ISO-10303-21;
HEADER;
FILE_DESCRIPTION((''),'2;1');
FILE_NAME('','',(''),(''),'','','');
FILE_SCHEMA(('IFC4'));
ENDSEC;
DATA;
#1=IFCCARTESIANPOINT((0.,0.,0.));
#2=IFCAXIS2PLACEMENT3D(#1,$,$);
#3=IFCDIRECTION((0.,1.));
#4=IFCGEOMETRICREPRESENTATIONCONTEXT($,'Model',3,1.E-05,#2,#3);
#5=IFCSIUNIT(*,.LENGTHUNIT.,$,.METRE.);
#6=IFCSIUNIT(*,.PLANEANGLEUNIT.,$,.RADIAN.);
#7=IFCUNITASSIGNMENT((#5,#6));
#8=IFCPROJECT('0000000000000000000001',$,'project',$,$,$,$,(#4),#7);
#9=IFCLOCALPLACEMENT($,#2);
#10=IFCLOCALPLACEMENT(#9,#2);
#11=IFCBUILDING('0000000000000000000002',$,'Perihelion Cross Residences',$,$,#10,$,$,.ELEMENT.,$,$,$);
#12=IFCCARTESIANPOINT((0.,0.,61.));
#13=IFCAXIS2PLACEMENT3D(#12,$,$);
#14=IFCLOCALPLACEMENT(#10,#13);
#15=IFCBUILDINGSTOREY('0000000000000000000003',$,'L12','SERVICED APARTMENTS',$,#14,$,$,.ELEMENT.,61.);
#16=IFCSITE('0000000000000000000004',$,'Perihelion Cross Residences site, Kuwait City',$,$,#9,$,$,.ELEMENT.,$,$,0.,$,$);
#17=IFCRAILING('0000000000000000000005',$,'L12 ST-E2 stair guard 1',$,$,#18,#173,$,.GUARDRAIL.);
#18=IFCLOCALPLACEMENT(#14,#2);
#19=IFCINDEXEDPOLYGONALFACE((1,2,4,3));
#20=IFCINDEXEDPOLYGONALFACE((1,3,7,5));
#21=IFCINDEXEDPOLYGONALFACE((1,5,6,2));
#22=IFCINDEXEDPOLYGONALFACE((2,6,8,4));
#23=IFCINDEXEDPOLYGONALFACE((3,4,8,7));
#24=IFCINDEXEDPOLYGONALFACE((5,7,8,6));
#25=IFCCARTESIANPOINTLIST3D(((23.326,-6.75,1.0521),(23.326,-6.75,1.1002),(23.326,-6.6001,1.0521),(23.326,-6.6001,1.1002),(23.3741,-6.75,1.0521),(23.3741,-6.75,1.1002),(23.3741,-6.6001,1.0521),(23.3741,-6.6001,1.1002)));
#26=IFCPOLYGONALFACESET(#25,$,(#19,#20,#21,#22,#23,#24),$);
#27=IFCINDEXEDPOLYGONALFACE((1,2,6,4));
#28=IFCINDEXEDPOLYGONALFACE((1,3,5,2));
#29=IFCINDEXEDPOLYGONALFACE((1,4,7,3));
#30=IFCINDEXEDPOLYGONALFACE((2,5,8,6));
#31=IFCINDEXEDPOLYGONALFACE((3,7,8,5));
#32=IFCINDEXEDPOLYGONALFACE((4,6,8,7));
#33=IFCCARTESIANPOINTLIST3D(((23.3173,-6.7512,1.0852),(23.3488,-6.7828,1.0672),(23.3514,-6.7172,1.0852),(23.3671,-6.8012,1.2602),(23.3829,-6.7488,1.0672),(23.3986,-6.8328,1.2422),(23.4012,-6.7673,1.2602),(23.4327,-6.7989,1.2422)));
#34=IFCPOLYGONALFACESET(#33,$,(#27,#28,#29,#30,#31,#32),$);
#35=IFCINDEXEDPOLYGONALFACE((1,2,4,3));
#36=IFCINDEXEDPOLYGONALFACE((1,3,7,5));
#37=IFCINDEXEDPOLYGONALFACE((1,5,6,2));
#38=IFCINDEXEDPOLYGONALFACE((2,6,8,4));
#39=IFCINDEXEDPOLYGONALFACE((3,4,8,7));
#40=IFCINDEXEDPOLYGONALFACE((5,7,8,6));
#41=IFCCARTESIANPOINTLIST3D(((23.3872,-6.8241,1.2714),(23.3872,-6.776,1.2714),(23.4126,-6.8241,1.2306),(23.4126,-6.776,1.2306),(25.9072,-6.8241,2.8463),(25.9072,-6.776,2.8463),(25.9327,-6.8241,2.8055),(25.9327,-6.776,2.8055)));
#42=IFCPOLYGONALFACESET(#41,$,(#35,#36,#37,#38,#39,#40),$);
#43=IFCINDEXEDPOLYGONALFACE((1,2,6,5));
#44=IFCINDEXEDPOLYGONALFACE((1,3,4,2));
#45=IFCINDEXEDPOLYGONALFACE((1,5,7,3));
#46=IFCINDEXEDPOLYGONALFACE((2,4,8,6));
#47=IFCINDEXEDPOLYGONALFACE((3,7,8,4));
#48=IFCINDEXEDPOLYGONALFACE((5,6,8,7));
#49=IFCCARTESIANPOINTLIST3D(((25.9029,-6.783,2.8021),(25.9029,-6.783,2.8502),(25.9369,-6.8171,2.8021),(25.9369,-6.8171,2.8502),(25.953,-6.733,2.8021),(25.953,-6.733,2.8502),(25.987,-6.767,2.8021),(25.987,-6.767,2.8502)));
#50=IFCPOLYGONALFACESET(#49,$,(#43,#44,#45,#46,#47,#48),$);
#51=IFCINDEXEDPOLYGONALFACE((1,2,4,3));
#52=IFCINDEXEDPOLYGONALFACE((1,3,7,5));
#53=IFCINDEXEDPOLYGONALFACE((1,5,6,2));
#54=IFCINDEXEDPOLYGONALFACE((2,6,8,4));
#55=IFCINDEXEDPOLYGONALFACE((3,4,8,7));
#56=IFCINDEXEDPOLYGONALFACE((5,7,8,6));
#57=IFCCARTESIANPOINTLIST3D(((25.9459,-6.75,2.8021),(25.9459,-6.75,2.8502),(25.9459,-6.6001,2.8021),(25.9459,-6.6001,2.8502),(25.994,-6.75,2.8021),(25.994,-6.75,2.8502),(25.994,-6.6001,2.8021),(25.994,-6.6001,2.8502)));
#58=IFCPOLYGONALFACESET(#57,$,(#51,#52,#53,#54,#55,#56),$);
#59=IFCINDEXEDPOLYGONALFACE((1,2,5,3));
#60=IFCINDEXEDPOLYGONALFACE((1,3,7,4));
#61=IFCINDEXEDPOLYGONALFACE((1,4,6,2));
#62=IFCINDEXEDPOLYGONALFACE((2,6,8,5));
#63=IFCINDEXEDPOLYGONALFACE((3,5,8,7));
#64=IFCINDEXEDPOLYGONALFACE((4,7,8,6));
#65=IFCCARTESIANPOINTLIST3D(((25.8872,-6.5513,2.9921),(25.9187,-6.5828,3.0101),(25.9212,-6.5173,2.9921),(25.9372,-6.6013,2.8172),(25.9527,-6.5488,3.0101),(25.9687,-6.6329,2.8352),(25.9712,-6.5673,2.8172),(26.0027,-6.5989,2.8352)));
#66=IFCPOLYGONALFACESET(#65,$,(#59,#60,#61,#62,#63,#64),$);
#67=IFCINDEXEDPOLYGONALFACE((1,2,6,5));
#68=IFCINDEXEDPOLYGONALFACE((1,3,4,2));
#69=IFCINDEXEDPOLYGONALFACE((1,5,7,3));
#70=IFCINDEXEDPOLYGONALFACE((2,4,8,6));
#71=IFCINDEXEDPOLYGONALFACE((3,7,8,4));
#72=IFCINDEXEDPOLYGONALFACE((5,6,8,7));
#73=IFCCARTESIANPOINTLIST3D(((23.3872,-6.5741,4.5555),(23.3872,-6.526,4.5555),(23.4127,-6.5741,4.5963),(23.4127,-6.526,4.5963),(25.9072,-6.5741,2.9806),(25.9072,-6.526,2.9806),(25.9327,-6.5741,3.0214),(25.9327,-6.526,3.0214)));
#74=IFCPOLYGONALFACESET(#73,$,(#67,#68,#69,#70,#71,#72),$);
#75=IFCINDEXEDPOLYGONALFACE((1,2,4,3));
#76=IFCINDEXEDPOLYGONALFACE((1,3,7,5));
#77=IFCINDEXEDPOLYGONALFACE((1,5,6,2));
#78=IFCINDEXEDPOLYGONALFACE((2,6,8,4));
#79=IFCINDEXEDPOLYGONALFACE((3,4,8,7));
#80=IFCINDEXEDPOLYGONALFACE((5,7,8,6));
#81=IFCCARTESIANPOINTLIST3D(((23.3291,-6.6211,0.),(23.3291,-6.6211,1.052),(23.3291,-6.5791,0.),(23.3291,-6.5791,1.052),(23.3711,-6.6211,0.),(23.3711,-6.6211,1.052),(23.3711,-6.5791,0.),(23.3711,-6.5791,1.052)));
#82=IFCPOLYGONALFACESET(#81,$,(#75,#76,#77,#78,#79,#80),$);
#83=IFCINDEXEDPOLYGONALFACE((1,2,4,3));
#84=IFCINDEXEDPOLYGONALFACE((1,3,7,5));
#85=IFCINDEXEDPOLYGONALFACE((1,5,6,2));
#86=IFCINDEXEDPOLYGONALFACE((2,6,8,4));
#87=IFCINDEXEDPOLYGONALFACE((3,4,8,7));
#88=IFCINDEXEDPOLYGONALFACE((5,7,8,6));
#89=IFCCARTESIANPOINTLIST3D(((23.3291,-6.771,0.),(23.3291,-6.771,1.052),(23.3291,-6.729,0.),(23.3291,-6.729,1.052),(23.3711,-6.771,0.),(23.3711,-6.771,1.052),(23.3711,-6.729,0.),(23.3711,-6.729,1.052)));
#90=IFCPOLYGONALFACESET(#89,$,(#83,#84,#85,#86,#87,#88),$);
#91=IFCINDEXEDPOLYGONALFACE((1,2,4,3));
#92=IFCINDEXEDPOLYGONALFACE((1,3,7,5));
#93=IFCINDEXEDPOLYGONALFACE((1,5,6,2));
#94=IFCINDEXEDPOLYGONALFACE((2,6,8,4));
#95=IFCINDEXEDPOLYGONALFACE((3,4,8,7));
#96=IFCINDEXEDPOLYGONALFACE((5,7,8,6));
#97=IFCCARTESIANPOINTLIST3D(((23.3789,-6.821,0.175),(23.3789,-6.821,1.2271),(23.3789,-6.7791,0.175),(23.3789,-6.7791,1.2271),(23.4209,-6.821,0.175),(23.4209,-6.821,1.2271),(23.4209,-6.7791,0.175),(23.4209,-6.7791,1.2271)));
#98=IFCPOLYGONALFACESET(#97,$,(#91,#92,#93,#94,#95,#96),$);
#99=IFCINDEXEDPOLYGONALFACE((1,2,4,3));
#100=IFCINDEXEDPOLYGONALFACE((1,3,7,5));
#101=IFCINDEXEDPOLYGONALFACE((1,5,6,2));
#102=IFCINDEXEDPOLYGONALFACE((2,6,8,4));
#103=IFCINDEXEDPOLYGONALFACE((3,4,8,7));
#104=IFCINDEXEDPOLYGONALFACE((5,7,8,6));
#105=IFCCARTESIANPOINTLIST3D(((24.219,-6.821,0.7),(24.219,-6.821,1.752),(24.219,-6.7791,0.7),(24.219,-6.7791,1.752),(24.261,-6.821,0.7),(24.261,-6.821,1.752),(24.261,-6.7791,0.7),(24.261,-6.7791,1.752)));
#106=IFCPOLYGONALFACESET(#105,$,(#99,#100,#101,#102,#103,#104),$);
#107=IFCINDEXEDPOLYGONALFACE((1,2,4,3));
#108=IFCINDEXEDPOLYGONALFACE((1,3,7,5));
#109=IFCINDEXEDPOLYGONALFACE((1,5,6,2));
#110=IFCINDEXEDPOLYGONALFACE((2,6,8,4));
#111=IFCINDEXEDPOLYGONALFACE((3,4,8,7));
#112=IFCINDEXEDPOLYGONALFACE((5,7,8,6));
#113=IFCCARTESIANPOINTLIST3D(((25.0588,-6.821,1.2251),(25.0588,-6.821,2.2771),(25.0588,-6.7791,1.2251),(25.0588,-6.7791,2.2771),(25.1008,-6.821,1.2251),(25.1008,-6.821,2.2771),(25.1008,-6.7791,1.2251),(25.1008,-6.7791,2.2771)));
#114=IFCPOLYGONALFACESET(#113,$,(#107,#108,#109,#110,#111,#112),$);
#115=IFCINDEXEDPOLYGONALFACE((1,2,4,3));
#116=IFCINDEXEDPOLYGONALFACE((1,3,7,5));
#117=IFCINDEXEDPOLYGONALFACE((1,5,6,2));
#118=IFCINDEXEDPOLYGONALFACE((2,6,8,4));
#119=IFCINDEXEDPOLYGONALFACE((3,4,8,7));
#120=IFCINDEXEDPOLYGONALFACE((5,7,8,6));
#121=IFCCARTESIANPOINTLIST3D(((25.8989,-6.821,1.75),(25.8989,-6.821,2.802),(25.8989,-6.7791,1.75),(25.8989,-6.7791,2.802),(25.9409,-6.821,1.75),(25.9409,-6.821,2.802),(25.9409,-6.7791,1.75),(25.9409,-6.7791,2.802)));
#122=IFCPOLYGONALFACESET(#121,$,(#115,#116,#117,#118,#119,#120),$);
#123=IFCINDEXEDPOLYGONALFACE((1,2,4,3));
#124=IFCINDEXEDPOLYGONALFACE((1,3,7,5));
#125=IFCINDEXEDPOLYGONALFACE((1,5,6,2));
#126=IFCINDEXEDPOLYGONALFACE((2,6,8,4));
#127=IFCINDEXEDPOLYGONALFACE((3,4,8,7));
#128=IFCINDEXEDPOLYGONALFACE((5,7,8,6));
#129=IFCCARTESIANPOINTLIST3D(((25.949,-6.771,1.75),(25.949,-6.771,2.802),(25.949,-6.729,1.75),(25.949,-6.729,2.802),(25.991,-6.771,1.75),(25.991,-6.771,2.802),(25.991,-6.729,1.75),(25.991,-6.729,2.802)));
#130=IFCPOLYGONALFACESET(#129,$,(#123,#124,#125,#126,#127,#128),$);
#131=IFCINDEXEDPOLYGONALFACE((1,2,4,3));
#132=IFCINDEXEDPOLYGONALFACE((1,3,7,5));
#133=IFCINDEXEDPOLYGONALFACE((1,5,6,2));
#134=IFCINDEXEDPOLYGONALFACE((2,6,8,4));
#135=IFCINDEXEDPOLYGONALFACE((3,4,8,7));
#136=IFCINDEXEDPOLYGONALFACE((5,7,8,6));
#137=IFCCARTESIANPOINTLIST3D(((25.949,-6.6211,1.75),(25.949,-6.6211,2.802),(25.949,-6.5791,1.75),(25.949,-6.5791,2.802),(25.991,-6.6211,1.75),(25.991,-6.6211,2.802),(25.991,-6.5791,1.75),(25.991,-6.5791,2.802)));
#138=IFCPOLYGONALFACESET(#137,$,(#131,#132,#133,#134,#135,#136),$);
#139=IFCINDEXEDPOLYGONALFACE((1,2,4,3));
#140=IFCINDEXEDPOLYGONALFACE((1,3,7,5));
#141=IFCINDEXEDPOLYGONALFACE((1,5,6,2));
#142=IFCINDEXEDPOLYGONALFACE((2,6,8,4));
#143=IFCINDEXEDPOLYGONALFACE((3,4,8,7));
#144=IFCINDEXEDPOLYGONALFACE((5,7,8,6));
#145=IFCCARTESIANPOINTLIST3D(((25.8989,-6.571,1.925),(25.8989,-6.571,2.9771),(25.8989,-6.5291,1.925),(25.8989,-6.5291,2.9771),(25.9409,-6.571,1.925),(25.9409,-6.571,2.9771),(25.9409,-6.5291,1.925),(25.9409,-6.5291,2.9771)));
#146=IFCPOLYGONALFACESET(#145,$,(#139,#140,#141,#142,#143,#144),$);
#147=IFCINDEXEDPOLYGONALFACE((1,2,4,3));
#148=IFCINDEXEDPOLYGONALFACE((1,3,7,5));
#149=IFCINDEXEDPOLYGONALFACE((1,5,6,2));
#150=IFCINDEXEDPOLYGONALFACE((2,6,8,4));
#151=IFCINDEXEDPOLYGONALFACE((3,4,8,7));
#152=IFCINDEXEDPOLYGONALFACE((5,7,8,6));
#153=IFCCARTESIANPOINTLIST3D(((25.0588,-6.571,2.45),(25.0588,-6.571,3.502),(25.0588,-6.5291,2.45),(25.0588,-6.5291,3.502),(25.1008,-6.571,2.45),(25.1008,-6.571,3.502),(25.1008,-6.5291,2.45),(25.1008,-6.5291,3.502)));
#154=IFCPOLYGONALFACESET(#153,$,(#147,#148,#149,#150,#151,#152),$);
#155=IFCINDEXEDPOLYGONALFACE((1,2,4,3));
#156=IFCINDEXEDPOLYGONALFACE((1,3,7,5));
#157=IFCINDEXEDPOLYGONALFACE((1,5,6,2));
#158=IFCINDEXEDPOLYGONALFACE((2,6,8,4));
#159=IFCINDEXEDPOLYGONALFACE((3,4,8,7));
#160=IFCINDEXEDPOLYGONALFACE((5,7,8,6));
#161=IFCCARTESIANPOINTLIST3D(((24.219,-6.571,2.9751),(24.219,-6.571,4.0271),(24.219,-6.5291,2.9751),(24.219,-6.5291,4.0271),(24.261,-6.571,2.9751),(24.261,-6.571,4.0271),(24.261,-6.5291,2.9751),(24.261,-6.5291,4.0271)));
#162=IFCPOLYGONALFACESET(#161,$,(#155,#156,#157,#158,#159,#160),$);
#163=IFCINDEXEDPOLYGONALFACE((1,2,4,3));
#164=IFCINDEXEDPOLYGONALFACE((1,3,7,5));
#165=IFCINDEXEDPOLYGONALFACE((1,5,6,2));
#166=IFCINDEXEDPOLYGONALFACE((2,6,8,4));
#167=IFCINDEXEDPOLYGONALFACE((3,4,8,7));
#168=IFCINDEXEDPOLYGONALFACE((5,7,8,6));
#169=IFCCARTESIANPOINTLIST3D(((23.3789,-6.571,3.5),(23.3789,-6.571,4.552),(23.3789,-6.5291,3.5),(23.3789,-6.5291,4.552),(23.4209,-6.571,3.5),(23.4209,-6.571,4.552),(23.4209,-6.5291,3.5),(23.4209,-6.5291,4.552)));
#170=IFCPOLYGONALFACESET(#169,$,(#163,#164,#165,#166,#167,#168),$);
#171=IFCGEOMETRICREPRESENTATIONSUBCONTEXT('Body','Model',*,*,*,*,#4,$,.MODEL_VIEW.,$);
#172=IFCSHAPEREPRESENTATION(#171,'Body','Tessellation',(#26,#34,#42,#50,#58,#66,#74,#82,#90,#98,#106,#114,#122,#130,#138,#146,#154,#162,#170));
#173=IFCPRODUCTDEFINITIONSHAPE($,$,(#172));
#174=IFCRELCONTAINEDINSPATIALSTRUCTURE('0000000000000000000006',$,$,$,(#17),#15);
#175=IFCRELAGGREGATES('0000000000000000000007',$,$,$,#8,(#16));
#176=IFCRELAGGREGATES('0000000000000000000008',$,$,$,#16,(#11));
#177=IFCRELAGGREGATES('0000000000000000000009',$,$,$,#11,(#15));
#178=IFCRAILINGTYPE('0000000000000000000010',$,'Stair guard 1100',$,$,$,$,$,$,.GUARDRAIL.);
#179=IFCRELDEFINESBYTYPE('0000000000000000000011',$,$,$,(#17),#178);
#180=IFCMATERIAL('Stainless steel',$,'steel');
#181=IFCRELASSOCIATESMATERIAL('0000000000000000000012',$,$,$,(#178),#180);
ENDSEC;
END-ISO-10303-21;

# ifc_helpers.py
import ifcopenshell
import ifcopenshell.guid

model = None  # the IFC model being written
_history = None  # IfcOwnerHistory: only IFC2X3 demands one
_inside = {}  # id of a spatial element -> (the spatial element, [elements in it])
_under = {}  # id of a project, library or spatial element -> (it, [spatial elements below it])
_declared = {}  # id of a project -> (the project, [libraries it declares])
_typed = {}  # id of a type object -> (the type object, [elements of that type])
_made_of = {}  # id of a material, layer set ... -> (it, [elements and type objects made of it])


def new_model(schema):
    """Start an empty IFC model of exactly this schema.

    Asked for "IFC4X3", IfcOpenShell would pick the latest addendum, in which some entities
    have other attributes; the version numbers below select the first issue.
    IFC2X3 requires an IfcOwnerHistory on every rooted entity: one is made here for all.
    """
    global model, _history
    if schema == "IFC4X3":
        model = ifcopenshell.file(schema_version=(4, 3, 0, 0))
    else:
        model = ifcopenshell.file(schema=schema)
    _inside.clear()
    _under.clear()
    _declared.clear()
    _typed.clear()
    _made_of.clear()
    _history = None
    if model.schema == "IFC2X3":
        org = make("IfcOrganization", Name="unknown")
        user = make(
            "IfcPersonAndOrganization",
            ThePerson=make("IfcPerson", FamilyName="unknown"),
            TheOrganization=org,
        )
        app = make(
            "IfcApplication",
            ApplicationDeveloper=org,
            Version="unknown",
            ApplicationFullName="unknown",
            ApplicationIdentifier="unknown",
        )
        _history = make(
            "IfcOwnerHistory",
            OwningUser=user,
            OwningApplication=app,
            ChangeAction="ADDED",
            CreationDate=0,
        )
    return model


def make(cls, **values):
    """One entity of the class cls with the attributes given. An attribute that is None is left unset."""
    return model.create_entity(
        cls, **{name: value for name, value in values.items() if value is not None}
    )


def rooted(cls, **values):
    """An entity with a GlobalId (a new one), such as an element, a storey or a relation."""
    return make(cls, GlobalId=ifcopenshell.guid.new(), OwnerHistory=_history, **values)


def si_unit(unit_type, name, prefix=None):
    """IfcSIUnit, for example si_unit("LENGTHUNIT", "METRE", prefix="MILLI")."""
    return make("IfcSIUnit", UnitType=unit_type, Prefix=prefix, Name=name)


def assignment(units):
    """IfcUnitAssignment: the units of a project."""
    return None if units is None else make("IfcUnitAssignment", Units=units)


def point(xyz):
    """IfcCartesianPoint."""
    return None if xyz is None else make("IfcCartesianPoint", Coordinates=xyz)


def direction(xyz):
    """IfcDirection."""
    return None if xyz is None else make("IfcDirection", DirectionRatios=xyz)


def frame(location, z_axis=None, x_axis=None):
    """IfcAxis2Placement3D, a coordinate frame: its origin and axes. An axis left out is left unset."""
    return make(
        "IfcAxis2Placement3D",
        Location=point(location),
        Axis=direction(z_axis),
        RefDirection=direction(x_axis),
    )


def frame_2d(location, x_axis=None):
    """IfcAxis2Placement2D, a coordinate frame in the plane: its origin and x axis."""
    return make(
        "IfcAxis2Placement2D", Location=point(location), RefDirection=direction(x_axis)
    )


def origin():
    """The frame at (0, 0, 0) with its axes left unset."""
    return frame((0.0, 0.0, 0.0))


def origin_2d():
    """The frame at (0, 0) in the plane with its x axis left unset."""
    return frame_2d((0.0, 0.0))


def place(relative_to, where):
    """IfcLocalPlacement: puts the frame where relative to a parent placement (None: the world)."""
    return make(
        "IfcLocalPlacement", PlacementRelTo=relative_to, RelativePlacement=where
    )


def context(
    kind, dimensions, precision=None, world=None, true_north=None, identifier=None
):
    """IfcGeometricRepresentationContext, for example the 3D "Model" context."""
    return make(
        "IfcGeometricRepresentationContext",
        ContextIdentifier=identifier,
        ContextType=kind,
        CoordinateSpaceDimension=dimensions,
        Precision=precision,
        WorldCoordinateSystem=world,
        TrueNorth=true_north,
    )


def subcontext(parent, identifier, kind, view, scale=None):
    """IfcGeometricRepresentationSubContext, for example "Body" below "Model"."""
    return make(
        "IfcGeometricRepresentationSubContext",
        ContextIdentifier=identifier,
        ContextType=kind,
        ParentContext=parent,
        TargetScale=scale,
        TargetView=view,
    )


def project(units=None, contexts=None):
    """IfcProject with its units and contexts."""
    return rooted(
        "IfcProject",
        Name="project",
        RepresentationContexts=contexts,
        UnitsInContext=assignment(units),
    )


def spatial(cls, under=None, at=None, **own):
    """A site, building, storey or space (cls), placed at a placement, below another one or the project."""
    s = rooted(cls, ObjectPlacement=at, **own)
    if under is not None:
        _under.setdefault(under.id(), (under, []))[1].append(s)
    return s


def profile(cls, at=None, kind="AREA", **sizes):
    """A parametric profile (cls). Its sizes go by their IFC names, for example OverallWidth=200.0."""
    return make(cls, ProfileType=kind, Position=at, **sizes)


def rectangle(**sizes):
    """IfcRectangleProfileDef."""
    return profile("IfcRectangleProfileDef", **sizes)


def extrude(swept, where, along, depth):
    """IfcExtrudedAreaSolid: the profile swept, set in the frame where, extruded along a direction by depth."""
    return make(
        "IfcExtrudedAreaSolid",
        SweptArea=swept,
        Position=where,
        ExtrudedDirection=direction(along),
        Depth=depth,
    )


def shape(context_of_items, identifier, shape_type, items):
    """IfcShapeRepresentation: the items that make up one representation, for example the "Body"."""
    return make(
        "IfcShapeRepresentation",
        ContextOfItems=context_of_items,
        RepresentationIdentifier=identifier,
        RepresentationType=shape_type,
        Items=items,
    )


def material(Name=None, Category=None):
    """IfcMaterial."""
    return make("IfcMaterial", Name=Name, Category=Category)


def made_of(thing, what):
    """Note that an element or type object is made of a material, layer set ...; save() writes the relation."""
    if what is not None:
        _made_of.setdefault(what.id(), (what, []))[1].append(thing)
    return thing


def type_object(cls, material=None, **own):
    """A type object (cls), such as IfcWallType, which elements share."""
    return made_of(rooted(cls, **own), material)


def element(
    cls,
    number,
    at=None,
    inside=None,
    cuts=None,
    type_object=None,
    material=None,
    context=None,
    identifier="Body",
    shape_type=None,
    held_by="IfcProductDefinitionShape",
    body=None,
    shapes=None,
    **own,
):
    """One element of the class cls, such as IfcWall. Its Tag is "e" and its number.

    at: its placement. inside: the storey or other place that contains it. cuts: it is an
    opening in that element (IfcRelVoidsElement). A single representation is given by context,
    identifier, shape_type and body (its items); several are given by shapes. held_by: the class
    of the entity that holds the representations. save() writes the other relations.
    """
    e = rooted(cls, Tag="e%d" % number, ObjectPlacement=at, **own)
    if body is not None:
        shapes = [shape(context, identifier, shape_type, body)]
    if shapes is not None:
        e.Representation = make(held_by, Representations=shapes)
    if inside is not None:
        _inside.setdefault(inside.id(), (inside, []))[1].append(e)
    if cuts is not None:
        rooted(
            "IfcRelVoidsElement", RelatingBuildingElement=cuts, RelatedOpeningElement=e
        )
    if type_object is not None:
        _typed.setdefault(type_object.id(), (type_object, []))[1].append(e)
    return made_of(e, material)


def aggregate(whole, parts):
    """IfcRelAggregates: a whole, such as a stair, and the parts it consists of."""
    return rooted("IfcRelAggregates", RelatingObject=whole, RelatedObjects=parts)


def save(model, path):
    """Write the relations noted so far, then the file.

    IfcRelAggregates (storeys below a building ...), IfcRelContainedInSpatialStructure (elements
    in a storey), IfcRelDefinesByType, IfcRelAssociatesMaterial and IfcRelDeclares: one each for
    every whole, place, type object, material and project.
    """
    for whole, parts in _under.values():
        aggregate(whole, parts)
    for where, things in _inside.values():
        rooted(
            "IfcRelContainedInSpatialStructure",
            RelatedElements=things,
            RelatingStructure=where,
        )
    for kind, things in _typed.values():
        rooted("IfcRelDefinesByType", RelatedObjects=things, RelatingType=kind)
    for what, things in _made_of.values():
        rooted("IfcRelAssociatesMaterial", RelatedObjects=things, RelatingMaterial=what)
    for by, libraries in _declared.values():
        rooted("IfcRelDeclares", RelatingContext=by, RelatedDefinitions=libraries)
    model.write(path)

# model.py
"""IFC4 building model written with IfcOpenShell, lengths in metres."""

from ifc_helpers import new_model, si_unit, direction, frame, origin, origin_2d, place, context, subcontext, project, spatial, rectangle, extrude, material, type_object, element, save


model = new_model("IFC4")

# Units and contexts
model_context = context("Model", 3, precision=1e-05, world=origin(), true_north=direction((0.0, 1.0)))
body_context = subcontext(model_context, "Body", "Model", "MODEL_VIEW")
ifc_project = project(units=[si_unit("LENGTHUNIT", "METRE"), si_unit("PLANEANGLEUNIT", "RADIAN")], contexts=[model_context])

# Site, building, storey
site_placement = place(None, origin())
site = spatial("IfcSite", under=ifc_project, at=site_placement, Name="Perihelion Cross Residences site, Kuwait City", CompositionType="ELEMENT", RefElevation=0.0)
building_placement = place(site_placement, origin())
building = spatial("IfcBuilding", under=site, at=building_placement, Name="Perihelion Cross Residences", CompositionType="ELEMENT")
storey_placement = place(building_placement, frame((0.0, 0.0, 61.0)))
storey = spatial("IfcBuildingStorey", under=building, at=storey_placement, Name="L12", Description="SERVICED APARTMENTS", CompositionType="ELEMENT", Elevation=61.0)

# Railing
ifc_material_1 = material(Name="Stainless steel", Category="steel")
railing_type_1 = type_object("IfcRailingType", Name="Stair guard 1100", PredefinedType="GUARDRAIL", material=ifc_material_1)
railing_1_placement = place(storey_placement, frame((23.3501, -6.6001, 0.0)))
element("IfcRailing", 1, at=railing_1_placement, inside=storey, type_object=railing_type_1, Name="L12 ST-E2 stair guard 1", PredefinedType="GUARDRAIL", context=body_context, shape_type="SweptSolid", body=[
    extrude(rectangle(XDim=0.0481, YDim=0.0481, at=origin_2d()), frame((0.0, 0.0, 1.0762), z_axis=(0.0, -1.0, 0.0), x_axis=(1.0, 0.0, 0.0)), (0.0, 0.0, 1.0), 0.1499),
    extrude(rectangle(XDim=0.0481, YDim=0.0481, at=origin_2d()), frame((0.0, -0.1499, 1.0762), z_axis=(0.263862, -0.265156, 0.927399), x_axis=(0.708834, 0.705376, 0.0)), (0.0, 0.0, 1.0), 0.1887),
    extrude(rectangle(XDim=0.0481, YDim=0.0481, at=origin_2d()), frame((0.0498, -0.2, 1.251), z_axis=(0.848008, 0.0, 0.529984), x_axis=(0.0, 1.0, 0.0)), (0.0, 0.0, 1.0), 2.9717),
    extrude(rectangle(XDim=0.0481, YDim=0.0481, at=origin_2d()), frame((2.5698, -0.2, 2.8262), z_axis=(0.707107, 0.707107, 0.0), x_axis=(-0.707107, 0.707107, 0.0)), (0.0, 0.0, 1.0), 0.0708),
    extrude(rectangle(XDim=0.0481, YDim=0.0481, at=origin_2d()), frame((2.6199, -0.1499, 2.8262), z_axis=(0.0, 1.0, 0.0), x_axis=(-1.0, 0.0, 0.0)), (0.0, 0.0, 1.0), 0.1499),
    extrude(rectangle(XDim=0.0481, YDim=0.0481, at=origin_2d()), frame((2.6199, 0.0, 2.8262), z_axis=(-0.265065, 0.265065, 0.927082), x_axis=(-0.707107, -0.707107, 0.0)), (0.0, 0.0, 1.0), 0.1887),
    extrude(rectangle(XDim=0.0481, YDim=0.0481, at=origin_2d()), frame((2.5698, 0.05, 3.001), z_axis=(-0.848008, 0.0, 0.529984), x_axis=(0.0, -1.0, 0.0)), (0.0, 0.0, 1.0), 2.9717),
    extrude(rectangle(XDim=0.042, YDim=0.042, at=origin_2d()), origin(), (0.0, 0.0, 1.0), 1.052),
    extrude(rectangle(XDim=0.042, YDim=0.042, at=origin_2d()), frame((0.0, -0.1499, 0.0)), (0.0, 0.0, 1.0), 1.052),
    extrude(rectangle(XDim=0.042, YDim=0.042, at=origin_2d()), frame((0.0498, -0.2, 0.175)), (0.0, 0.0, 1.0), 1.052),
    extrude(rectangle(XDim=0.042, YDim=0.042, at=origin_2d()), frame((0.8899, -0.2, 0.7)), (0.0, 0.0, 1.0), 1.052),
    extrude(rectangle(XDim=0.042, YDim=0.042, at=origin_2d()), frame((1.7297, -0.2, 1.2251)), (0.0, 0.0, 1.0), 1.052),
    extrude(rectangle(XDim=0.042, YDim=0.042, at=origin_2d()), frame((2.5698, -0.2, 1.75)), (0.0, 0.0, 1.0), 1.052),
    extrude(rectangle(XDim=0.042, YDim=0.042, at=origin_2d()), frame((2.6199, -0.1499, 1.75)), (0.0, 0.0, 1.0), 1.052),
    extrude(rectangle(XDim=0.042, YDim=0.042, at=origin_2d()), frame((2.6199, 0.0, 1.75)), (0.0, 0.0, 1.0), 1.052),
    extrude(rectangle(XDim=0.042, YDim=0.042, at=origin_2d()), frame((2.5698, 0.05, 1.925)), (0.0, 0.0, 1.0), 1.052),
    extrude(rectangle(XDim=0.042, YDim=0.042, at=origin_2d()), frame((1.7297, 0.05, 2.45)), (0.0, 0.0, 1.0), 1.052),
    extrude(rectangle(XDim=0.042, YDim=0.042, at=origin_2d()), frame((0.8899, 0.05, 2.9751)), (0.0, 0.0, 1.0), 1.052),
    extrude(rectangle(XDim=0.042, YDim=0.042, at=origin_2d()), frame((0.0498, 0.05, 3.5)), (0.0, 0.0, 1.0), 1.052),
])

save(model, "model.ifc")
